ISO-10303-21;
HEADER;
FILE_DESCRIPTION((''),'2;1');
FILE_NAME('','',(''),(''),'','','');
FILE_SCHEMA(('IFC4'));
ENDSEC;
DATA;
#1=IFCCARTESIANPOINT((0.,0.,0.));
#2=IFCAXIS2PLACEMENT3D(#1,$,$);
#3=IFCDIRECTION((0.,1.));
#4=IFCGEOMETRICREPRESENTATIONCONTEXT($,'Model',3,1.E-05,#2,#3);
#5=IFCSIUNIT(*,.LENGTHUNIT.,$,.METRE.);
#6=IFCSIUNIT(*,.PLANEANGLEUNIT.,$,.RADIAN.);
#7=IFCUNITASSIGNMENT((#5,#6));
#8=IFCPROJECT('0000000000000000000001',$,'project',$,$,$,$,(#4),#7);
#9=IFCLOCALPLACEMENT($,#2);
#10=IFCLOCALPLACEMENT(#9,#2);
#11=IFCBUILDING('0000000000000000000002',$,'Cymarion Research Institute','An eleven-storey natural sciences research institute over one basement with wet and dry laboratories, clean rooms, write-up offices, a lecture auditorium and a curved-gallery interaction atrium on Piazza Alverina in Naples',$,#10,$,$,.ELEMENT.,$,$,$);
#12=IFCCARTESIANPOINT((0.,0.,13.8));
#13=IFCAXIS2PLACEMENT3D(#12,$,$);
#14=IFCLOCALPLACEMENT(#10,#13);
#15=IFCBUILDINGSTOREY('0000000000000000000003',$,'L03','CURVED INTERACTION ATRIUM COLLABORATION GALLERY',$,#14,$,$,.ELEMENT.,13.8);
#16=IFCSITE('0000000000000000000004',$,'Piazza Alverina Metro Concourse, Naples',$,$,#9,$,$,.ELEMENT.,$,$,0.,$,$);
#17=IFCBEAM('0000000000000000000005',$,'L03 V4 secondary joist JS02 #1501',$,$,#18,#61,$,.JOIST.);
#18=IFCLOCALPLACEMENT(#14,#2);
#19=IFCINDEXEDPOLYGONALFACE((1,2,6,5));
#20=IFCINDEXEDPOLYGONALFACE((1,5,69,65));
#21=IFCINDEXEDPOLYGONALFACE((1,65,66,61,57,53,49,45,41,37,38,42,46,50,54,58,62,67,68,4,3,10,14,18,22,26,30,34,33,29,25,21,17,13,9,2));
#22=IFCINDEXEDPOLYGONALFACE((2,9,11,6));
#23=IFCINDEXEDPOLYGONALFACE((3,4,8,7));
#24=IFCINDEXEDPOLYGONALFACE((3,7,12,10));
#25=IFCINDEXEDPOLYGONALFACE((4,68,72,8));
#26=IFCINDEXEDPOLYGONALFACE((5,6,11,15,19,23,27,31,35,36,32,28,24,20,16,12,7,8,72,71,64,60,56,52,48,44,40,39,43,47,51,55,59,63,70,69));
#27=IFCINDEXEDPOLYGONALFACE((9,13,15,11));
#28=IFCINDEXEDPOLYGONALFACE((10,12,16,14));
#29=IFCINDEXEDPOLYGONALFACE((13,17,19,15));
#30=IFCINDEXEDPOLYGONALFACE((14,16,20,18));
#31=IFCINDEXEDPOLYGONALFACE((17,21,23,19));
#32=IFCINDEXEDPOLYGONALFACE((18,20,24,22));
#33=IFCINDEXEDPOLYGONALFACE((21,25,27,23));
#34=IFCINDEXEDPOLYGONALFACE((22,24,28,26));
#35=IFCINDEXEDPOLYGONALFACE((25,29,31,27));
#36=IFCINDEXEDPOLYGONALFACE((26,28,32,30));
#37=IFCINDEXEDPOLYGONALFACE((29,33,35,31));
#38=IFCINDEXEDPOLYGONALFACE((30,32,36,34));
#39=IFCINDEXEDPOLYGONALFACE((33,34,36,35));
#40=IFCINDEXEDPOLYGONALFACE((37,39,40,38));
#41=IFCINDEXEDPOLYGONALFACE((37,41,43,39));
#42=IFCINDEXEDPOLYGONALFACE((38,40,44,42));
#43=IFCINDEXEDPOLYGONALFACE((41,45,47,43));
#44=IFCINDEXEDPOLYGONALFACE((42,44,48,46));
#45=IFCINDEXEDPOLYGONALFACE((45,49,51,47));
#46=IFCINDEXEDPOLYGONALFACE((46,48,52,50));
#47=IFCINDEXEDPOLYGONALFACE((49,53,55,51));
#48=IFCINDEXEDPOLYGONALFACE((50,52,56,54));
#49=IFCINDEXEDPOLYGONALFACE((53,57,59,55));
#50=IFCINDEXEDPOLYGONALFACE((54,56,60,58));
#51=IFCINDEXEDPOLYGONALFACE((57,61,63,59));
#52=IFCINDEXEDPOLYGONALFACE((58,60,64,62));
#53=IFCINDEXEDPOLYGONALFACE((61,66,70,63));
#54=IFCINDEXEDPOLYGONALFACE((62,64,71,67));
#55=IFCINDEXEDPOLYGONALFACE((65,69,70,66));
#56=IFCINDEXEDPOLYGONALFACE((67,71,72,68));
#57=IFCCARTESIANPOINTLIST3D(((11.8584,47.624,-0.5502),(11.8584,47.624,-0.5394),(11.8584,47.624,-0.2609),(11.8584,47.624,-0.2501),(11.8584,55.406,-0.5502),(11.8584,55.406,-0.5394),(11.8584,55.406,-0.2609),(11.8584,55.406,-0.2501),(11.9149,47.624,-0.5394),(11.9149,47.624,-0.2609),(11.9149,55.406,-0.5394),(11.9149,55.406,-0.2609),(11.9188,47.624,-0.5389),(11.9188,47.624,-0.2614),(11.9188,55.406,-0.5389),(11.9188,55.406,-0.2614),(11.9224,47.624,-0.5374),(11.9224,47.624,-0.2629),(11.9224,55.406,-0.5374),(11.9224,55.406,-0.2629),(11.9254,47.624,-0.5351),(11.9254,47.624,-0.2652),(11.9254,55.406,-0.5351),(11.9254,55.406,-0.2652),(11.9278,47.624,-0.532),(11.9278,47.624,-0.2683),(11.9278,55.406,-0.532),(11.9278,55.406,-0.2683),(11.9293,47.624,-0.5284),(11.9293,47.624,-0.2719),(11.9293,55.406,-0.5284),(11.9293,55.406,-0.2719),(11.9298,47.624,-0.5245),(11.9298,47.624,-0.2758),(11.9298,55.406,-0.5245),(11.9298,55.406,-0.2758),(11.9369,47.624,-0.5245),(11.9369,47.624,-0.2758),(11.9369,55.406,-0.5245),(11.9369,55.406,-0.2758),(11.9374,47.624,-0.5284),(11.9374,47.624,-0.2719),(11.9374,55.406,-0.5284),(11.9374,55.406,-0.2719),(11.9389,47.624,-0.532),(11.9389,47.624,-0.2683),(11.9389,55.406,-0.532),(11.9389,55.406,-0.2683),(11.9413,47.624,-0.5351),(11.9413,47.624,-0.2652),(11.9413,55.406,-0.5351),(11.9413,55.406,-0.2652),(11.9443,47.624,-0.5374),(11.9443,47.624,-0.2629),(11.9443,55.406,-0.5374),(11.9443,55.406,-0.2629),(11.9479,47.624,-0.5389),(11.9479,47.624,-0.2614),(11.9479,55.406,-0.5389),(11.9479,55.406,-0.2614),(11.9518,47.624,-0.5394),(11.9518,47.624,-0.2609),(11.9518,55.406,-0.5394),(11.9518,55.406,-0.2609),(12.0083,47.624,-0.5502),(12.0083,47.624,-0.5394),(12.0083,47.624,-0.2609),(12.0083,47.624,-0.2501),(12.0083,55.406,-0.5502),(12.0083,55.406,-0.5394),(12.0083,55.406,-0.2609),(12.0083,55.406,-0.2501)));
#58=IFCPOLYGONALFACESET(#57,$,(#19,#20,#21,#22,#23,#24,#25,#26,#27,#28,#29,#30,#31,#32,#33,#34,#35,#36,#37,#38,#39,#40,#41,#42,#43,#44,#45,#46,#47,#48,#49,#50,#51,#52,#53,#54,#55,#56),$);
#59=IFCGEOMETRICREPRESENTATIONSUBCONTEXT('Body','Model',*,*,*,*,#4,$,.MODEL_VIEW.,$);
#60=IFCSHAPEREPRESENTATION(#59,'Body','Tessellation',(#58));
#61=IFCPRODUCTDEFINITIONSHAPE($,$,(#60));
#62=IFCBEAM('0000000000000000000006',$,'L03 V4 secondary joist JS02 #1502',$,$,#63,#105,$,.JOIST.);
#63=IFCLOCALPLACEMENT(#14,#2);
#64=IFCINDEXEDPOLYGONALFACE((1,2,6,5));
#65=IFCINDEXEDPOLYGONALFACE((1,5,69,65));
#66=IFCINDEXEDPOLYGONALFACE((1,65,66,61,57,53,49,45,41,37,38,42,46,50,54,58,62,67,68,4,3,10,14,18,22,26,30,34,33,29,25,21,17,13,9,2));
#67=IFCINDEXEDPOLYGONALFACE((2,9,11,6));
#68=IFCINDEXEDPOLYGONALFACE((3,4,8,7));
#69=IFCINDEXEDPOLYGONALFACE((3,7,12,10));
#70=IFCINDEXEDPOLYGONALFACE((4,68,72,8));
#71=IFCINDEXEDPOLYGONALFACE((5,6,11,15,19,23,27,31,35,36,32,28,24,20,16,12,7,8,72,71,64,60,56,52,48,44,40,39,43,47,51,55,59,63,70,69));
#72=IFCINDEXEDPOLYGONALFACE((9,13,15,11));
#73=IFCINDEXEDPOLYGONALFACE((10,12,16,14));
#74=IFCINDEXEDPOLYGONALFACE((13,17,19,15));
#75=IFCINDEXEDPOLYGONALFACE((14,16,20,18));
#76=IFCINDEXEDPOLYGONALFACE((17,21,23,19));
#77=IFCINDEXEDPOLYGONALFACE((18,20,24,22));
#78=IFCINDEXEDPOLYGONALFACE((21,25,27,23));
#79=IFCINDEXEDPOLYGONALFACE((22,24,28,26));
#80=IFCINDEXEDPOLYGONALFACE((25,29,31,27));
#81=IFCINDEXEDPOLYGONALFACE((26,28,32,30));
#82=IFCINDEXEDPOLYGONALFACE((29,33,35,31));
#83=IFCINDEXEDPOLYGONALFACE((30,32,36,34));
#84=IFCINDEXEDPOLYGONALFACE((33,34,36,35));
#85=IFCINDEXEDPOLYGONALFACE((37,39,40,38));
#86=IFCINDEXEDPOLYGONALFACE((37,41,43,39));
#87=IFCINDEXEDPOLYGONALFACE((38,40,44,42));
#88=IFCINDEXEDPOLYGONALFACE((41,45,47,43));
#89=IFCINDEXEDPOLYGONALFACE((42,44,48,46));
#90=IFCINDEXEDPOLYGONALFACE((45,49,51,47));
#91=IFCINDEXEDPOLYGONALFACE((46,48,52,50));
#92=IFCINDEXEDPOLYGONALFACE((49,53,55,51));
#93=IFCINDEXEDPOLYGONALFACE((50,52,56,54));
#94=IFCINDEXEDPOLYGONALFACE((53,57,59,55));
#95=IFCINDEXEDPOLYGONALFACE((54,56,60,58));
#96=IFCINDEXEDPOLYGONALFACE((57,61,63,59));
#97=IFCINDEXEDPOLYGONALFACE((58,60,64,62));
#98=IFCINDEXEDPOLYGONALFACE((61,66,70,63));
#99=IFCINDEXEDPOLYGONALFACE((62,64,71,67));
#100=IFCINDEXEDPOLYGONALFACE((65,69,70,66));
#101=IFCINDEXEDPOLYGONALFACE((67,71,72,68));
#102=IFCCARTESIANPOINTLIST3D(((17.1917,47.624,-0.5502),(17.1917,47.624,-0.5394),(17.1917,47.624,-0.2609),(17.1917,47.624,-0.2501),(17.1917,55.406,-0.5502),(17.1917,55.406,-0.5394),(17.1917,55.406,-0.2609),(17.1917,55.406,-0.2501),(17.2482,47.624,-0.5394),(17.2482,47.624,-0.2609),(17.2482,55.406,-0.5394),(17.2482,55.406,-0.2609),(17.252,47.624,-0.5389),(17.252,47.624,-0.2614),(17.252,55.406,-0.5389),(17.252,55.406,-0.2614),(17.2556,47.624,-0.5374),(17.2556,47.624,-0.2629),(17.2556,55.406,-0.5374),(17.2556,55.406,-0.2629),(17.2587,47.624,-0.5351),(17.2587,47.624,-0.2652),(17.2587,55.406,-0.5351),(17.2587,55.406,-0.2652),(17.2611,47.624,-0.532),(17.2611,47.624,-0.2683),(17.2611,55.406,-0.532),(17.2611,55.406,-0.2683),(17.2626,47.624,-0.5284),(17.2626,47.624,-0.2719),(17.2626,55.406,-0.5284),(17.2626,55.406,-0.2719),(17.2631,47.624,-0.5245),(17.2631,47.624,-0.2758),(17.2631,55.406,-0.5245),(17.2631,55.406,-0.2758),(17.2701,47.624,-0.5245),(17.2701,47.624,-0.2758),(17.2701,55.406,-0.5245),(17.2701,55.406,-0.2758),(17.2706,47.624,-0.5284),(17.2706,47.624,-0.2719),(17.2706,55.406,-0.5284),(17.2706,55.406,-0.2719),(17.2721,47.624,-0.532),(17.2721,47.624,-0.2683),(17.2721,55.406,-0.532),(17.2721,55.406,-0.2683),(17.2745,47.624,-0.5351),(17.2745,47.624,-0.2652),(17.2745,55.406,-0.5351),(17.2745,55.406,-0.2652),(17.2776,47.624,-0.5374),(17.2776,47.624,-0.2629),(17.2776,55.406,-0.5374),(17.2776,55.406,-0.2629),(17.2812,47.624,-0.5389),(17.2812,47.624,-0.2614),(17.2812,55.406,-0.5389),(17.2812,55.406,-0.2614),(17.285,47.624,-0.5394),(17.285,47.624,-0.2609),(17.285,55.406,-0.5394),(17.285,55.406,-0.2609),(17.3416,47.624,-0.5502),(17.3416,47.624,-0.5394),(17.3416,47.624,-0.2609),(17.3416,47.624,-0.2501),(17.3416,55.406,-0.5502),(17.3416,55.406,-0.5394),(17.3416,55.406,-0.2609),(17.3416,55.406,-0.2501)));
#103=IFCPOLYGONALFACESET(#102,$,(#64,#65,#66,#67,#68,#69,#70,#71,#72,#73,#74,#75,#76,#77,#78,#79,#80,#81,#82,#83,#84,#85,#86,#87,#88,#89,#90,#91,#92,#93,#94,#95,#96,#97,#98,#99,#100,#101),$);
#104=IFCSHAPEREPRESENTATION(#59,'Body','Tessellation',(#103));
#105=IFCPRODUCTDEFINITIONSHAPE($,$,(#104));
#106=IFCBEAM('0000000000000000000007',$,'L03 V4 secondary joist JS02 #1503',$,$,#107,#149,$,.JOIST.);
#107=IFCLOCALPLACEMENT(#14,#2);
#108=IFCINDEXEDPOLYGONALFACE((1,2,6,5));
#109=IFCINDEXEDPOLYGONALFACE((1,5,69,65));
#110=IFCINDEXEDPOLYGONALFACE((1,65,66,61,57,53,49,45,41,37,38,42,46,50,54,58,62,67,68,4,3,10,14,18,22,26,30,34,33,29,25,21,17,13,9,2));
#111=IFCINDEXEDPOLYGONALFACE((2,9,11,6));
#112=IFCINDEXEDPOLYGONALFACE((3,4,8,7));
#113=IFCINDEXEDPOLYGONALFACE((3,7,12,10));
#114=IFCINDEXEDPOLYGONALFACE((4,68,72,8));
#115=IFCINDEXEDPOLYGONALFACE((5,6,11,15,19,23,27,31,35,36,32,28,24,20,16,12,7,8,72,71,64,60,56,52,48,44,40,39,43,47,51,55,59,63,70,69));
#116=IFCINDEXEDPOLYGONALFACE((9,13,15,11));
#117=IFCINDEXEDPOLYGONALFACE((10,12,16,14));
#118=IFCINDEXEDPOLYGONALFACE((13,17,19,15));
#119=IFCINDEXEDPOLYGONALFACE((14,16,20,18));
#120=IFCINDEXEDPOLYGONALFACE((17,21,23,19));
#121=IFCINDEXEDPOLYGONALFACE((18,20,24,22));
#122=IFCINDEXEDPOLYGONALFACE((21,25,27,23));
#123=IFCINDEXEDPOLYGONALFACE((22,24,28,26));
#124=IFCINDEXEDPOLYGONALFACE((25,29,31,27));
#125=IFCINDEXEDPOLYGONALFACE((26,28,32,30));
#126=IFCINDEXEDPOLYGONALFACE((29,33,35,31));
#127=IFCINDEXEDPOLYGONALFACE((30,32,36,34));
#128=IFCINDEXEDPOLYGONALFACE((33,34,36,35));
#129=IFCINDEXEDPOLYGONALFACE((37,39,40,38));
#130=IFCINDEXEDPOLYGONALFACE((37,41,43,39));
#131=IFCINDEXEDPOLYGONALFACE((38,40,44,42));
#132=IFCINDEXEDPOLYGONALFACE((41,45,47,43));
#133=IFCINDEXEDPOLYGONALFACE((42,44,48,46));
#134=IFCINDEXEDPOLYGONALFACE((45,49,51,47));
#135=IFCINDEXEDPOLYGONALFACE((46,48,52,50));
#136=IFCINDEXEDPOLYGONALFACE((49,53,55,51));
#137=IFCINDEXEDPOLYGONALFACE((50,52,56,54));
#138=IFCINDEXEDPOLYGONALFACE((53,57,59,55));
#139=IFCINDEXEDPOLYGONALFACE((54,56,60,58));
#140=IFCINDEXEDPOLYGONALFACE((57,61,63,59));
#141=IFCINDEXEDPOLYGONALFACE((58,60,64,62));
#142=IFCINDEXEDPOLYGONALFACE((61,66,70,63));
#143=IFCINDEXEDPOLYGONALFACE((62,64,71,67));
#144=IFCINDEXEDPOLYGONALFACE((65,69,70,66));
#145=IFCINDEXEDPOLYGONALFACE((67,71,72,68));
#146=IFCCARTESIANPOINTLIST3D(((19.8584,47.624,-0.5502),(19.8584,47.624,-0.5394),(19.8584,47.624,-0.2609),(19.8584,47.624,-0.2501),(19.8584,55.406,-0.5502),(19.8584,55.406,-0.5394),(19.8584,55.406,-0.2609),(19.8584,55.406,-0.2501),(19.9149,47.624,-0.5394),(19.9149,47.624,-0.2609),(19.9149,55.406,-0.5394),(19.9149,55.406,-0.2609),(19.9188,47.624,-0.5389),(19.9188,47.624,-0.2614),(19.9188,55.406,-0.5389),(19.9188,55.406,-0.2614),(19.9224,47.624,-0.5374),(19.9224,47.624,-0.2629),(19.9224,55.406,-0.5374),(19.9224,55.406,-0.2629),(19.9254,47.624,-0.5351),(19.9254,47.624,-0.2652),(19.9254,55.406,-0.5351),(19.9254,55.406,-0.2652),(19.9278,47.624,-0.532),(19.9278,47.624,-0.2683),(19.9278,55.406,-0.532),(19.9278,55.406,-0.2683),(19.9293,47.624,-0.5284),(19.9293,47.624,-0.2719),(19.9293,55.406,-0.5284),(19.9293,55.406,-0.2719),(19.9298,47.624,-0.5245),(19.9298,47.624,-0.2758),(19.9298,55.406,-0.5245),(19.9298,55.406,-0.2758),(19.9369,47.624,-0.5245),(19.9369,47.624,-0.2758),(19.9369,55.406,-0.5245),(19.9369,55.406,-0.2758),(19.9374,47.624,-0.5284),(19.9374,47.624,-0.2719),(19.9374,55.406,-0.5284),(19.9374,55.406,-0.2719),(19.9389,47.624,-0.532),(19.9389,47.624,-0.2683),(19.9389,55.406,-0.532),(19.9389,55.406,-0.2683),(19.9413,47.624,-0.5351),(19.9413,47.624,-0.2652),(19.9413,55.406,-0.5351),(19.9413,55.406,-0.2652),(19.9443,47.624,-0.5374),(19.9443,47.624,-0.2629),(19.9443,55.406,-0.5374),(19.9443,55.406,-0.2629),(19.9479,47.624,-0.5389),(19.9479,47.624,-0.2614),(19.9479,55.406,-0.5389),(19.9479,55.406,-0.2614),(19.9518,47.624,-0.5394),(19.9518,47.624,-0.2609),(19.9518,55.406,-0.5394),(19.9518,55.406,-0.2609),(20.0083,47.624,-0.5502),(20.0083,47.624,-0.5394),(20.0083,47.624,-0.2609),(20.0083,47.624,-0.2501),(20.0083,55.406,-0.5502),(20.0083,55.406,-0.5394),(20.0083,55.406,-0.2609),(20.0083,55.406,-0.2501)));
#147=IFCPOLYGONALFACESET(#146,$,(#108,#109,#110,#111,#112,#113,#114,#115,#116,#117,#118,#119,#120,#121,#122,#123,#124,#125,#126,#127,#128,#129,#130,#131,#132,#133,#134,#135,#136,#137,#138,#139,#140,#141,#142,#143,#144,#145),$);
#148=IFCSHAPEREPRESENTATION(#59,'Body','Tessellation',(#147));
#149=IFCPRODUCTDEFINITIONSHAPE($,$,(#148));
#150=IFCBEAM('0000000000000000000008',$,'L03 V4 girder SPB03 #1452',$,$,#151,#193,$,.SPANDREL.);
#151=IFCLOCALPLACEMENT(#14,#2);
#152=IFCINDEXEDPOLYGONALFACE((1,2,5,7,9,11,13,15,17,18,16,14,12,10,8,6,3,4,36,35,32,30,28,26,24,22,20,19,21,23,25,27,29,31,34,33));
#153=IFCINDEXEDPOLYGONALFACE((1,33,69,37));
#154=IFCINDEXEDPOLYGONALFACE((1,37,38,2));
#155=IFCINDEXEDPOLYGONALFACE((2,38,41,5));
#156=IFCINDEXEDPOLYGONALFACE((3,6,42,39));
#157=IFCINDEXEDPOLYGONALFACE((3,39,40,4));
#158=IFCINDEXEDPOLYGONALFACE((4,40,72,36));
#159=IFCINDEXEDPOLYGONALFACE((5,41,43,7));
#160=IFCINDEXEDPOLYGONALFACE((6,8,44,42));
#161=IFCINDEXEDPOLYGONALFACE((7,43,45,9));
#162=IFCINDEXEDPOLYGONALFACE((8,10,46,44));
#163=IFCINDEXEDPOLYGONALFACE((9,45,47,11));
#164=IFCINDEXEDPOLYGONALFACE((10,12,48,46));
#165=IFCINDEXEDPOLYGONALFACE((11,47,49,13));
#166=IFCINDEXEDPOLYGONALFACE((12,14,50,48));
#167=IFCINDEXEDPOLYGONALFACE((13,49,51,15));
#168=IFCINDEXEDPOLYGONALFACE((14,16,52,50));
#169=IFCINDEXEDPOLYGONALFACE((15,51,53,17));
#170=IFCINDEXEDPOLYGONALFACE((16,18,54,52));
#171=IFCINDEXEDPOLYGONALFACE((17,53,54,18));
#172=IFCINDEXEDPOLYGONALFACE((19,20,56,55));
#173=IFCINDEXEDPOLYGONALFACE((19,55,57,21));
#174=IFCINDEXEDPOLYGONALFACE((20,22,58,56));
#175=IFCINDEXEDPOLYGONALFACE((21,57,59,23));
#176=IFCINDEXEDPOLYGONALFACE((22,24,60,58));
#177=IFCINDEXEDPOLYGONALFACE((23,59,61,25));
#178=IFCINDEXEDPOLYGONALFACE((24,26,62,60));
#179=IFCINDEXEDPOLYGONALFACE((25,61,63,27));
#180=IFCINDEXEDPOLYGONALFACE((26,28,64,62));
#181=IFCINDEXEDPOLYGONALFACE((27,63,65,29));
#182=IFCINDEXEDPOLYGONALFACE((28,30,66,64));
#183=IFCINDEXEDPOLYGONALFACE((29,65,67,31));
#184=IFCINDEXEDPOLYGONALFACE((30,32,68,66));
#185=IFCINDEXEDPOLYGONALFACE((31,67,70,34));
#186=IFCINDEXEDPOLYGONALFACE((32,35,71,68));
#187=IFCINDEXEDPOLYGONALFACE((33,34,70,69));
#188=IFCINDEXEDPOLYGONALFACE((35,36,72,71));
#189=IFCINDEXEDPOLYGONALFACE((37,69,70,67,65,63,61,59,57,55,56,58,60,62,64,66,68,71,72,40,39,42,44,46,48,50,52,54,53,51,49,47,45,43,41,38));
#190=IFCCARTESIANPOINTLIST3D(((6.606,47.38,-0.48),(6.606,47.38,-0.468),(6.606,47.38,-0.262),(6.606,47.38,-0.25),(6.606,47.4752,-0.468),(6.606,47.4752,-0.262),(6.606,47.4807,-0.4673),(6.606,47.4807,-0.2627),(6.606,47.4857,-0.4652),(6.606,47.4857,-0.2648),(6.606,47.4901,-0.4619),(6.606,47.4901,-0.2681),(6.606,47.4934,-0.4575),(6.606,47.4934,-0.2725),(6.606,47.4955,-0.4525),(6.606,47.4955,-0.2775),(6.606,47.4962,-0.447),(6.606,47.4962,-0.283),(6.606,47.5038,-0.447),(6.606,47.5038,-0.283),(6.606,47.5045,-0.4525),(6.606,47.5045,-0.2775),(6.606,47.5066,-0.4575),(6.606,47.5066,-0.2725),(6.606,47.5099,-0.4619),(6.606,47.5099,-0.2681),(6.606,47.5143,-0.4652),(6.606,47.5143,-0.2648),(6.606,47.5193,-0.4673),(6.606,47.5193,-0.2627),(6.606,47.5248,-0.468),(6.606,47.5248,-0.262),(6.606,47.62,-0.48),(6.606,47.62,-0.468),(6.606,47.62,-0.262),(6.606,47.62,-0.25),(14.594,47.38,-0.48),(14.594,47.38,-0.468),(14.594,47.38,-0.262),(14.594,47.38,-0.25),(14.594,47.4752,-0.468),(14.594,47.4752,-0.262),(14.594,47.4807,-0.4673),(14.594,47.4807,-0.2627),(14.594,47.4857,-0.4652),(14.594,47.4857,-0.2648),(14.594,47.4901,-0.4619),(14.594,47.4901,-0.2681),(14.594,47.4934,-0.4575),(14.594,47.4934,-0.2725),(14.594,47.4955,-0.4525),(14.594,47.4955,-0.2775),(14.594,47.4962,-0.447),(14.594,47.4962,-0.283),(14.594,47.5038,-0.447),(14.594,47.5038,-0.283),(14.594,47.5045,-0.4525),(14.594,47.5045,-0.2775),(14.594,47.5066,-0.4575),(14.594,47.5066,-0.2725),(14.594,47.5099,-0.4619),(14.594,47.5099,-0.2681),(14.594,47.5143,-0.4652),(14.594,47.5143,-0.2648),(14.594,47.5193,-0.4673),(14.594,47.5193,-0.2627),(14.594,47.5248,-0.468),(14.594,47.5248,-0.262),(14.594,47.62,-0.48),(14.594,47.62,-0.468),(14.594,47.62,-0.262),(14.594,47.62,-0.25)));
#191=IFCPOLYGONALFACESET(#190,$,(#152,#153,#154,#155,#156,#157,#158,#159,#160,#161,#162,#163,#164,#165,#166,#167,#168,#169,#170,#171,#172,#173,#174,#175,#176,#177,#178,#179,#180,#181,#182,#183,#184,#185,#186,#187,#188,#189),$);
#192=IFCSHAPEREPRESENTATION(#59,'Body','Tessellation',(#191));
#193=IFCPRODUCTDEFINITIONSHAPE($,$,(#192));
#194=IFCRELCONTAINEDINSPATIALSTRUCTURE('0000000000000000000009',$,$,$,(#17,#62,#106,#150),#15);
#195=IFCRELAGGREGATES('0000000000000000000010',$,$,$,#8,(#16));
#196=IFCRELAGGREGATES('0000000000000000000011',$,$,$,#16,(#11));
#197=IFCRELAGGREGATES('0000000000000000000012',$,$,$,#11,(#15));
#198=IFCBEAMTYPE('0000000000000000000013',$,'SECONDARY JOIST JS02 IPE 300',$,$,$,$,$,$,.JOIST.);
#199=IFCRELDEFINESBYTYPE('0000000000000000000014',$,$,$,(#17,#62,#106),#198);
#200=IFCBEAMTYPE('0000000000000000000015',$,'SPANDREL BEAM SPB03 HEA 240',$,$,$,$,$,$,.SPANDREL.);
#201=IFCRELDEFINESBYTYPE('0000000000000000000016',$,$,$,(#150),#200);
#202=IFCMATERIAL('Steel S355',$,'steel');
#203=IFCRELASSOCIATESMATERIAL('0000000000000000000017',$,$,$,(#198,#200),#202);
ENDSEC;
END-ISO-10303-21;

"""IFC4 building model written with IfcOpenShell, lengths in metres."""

from ifc_helpers import new_model, si_unit, direction, frame, origin, origin_2d, place, context, subcontext, project, spatial, i_section, extrude, material, material_profile, profile_set, type_object, element, save


model = new_model("IFC4")

# Units and contexts
model_context = context("Model", 3, precision=1e-05, world=origin(), true_north=direction((0.0, 1.0)))
body_context = subcontext(model_context, "Body", "Model", "MODEL_VIEW")
ifc_project = project(units=[si_unit("LENGTHUNIT", "METRE"), si_unit("PLANEANGLEUNIT", "RADIAN")], contexts=[model_context])

# Site, building, storey
site_placement = place(None, origin())
site = spatial("IfcSite", under=ifc_project, at=site_placement, Name="Piazza Alverina Metro Concourse, Naples", CompositionType="ELEMENT", RefElevation=0.0)
building_placement = place(site_placement, origin())
building = spatial("IfcBuilding", under=site, at=building_placement, Name="Cymarion Research Institute", Description="An eleven-storey natural sciences research institute over one basement with wet and dry laboratories, clean rooms, write-up offices, a lecture auditorium and a curved-gallery interaction atrium on Piazza Alverina in Naples", CompositionType="ELEMENT")
storey_placement = place(building_placement, frame((0.0, 0.0, 13.8)))
storey = spatial("IfcBuildingStorey", under=building, at=storey_placement, Name="L03", Description="CURVED INTERACTION ATRIUM COLLABORATION GALLERY", CompositionType="ELEMENT", Elevation=13.8)

# Shared definitions
ifc_material_1 = material(Name="Steel S355", Category="steel")

# Beams
ifc_material_profile_1 = material_profile(ifc_material_1, i_section(OverallWidth=0.1499, OverallDepth=0.3, WebThickness=0.0071, FlangeThickness=0.0107, FilletRadius=0.0149, at=origin_2d()), Name="IPE 300")
ifc_profile_set_1 = profile_set([ifc_material_profile_1], Name="Steel S355")
beam_type_1 = type_object("IfcBeamType", Name="SECONDARY JOIST JS02 IPE 300", PredefinedType="JOIST", material=ifc_profile_set_1)
for number, where, z_axis, x_axis, name in (
    (1, (11.9333, 47.624, -0.4001), (0.0, 1.0, 0.0), (-1.0, 0.0, 0.0), "L03 V4 secondary joist JS02 #1501"),
    (2, (17.2666, 47.624, -0.4001), (0.0, 1.0, 0.0), (-1.0, 0.0, 0.0), "L03 V4 secondary joist JS02 #1502"),
    (3, (19.9333, 47.624, -0.4001), (0.0, 1.0, 0.0), (-1.0, 0.0, 0.0), "L03 V4 secondary joist JS02 #1503"),
):
    element("IfcBeam", number, at=place(storey_placement, frame(where, z_axis=z_axis, x_axis=x_axis)), inside=storey, type_object=beam_type_1, Name=name, PredefinedType="JOIST", context=body_context, shape_type="SweptSolid", body=[
        extrude(i_section(OverallWidth=0.1499, OverallDepth=0.3, WebThickness=0.0071, FlangeThickness=0.0107, FilletRadius=0.0149, at=origin_2d()), origin(), (0.0, 0.0, 1.0), 7.782),
    ])
ifc_material_profile_2 = material_profile(ifc_material_1, i_section(OverallWidth=0.24, OverallDepth=0.23, WebThickness=0.0076, FlangeThickness=0.012, FilletRadius=0.021, at=origin_2d()), Name="HEA 240")
ifc_profile_set_2 = profile_set([ifc_material_profile_2], Name="Steel S355")
beam_type_2 = type_object("IfcBeamType", Name="SPANDREL BEAM SPB03 HEA 240", PredefinedType="SPANDREL", material=ifc_profile_set_2)
for number, where, z_axis, x_axis, name in (
    (4, (6.606, 47.5, -0.365), (1.0, 0.0, 0.0), (0.0, 1.0, 0.0), "L03 V4 girder SPB03 #1452"),
):
    element("IfcBeam", number, at=place(storey_placement, frame(where, z_axis=z_axis, x_axis=x_axis)), inside=storey, type_object=beam_type_2, Name=name, PredefinedType="SPANDREL", context=body_context, shape_type="SweptSolid", body=[
        extrude(i_section(OverallWidth=0.24, OverallDepth=0.23, WebThickness=0.0076, FlangeThickness=0.012, FilletRadius=0.021, at=origin_2d()), origin(), (0.0, 0.0, 1.0), 7.988),
    ])

save(model, "model.ifc")
